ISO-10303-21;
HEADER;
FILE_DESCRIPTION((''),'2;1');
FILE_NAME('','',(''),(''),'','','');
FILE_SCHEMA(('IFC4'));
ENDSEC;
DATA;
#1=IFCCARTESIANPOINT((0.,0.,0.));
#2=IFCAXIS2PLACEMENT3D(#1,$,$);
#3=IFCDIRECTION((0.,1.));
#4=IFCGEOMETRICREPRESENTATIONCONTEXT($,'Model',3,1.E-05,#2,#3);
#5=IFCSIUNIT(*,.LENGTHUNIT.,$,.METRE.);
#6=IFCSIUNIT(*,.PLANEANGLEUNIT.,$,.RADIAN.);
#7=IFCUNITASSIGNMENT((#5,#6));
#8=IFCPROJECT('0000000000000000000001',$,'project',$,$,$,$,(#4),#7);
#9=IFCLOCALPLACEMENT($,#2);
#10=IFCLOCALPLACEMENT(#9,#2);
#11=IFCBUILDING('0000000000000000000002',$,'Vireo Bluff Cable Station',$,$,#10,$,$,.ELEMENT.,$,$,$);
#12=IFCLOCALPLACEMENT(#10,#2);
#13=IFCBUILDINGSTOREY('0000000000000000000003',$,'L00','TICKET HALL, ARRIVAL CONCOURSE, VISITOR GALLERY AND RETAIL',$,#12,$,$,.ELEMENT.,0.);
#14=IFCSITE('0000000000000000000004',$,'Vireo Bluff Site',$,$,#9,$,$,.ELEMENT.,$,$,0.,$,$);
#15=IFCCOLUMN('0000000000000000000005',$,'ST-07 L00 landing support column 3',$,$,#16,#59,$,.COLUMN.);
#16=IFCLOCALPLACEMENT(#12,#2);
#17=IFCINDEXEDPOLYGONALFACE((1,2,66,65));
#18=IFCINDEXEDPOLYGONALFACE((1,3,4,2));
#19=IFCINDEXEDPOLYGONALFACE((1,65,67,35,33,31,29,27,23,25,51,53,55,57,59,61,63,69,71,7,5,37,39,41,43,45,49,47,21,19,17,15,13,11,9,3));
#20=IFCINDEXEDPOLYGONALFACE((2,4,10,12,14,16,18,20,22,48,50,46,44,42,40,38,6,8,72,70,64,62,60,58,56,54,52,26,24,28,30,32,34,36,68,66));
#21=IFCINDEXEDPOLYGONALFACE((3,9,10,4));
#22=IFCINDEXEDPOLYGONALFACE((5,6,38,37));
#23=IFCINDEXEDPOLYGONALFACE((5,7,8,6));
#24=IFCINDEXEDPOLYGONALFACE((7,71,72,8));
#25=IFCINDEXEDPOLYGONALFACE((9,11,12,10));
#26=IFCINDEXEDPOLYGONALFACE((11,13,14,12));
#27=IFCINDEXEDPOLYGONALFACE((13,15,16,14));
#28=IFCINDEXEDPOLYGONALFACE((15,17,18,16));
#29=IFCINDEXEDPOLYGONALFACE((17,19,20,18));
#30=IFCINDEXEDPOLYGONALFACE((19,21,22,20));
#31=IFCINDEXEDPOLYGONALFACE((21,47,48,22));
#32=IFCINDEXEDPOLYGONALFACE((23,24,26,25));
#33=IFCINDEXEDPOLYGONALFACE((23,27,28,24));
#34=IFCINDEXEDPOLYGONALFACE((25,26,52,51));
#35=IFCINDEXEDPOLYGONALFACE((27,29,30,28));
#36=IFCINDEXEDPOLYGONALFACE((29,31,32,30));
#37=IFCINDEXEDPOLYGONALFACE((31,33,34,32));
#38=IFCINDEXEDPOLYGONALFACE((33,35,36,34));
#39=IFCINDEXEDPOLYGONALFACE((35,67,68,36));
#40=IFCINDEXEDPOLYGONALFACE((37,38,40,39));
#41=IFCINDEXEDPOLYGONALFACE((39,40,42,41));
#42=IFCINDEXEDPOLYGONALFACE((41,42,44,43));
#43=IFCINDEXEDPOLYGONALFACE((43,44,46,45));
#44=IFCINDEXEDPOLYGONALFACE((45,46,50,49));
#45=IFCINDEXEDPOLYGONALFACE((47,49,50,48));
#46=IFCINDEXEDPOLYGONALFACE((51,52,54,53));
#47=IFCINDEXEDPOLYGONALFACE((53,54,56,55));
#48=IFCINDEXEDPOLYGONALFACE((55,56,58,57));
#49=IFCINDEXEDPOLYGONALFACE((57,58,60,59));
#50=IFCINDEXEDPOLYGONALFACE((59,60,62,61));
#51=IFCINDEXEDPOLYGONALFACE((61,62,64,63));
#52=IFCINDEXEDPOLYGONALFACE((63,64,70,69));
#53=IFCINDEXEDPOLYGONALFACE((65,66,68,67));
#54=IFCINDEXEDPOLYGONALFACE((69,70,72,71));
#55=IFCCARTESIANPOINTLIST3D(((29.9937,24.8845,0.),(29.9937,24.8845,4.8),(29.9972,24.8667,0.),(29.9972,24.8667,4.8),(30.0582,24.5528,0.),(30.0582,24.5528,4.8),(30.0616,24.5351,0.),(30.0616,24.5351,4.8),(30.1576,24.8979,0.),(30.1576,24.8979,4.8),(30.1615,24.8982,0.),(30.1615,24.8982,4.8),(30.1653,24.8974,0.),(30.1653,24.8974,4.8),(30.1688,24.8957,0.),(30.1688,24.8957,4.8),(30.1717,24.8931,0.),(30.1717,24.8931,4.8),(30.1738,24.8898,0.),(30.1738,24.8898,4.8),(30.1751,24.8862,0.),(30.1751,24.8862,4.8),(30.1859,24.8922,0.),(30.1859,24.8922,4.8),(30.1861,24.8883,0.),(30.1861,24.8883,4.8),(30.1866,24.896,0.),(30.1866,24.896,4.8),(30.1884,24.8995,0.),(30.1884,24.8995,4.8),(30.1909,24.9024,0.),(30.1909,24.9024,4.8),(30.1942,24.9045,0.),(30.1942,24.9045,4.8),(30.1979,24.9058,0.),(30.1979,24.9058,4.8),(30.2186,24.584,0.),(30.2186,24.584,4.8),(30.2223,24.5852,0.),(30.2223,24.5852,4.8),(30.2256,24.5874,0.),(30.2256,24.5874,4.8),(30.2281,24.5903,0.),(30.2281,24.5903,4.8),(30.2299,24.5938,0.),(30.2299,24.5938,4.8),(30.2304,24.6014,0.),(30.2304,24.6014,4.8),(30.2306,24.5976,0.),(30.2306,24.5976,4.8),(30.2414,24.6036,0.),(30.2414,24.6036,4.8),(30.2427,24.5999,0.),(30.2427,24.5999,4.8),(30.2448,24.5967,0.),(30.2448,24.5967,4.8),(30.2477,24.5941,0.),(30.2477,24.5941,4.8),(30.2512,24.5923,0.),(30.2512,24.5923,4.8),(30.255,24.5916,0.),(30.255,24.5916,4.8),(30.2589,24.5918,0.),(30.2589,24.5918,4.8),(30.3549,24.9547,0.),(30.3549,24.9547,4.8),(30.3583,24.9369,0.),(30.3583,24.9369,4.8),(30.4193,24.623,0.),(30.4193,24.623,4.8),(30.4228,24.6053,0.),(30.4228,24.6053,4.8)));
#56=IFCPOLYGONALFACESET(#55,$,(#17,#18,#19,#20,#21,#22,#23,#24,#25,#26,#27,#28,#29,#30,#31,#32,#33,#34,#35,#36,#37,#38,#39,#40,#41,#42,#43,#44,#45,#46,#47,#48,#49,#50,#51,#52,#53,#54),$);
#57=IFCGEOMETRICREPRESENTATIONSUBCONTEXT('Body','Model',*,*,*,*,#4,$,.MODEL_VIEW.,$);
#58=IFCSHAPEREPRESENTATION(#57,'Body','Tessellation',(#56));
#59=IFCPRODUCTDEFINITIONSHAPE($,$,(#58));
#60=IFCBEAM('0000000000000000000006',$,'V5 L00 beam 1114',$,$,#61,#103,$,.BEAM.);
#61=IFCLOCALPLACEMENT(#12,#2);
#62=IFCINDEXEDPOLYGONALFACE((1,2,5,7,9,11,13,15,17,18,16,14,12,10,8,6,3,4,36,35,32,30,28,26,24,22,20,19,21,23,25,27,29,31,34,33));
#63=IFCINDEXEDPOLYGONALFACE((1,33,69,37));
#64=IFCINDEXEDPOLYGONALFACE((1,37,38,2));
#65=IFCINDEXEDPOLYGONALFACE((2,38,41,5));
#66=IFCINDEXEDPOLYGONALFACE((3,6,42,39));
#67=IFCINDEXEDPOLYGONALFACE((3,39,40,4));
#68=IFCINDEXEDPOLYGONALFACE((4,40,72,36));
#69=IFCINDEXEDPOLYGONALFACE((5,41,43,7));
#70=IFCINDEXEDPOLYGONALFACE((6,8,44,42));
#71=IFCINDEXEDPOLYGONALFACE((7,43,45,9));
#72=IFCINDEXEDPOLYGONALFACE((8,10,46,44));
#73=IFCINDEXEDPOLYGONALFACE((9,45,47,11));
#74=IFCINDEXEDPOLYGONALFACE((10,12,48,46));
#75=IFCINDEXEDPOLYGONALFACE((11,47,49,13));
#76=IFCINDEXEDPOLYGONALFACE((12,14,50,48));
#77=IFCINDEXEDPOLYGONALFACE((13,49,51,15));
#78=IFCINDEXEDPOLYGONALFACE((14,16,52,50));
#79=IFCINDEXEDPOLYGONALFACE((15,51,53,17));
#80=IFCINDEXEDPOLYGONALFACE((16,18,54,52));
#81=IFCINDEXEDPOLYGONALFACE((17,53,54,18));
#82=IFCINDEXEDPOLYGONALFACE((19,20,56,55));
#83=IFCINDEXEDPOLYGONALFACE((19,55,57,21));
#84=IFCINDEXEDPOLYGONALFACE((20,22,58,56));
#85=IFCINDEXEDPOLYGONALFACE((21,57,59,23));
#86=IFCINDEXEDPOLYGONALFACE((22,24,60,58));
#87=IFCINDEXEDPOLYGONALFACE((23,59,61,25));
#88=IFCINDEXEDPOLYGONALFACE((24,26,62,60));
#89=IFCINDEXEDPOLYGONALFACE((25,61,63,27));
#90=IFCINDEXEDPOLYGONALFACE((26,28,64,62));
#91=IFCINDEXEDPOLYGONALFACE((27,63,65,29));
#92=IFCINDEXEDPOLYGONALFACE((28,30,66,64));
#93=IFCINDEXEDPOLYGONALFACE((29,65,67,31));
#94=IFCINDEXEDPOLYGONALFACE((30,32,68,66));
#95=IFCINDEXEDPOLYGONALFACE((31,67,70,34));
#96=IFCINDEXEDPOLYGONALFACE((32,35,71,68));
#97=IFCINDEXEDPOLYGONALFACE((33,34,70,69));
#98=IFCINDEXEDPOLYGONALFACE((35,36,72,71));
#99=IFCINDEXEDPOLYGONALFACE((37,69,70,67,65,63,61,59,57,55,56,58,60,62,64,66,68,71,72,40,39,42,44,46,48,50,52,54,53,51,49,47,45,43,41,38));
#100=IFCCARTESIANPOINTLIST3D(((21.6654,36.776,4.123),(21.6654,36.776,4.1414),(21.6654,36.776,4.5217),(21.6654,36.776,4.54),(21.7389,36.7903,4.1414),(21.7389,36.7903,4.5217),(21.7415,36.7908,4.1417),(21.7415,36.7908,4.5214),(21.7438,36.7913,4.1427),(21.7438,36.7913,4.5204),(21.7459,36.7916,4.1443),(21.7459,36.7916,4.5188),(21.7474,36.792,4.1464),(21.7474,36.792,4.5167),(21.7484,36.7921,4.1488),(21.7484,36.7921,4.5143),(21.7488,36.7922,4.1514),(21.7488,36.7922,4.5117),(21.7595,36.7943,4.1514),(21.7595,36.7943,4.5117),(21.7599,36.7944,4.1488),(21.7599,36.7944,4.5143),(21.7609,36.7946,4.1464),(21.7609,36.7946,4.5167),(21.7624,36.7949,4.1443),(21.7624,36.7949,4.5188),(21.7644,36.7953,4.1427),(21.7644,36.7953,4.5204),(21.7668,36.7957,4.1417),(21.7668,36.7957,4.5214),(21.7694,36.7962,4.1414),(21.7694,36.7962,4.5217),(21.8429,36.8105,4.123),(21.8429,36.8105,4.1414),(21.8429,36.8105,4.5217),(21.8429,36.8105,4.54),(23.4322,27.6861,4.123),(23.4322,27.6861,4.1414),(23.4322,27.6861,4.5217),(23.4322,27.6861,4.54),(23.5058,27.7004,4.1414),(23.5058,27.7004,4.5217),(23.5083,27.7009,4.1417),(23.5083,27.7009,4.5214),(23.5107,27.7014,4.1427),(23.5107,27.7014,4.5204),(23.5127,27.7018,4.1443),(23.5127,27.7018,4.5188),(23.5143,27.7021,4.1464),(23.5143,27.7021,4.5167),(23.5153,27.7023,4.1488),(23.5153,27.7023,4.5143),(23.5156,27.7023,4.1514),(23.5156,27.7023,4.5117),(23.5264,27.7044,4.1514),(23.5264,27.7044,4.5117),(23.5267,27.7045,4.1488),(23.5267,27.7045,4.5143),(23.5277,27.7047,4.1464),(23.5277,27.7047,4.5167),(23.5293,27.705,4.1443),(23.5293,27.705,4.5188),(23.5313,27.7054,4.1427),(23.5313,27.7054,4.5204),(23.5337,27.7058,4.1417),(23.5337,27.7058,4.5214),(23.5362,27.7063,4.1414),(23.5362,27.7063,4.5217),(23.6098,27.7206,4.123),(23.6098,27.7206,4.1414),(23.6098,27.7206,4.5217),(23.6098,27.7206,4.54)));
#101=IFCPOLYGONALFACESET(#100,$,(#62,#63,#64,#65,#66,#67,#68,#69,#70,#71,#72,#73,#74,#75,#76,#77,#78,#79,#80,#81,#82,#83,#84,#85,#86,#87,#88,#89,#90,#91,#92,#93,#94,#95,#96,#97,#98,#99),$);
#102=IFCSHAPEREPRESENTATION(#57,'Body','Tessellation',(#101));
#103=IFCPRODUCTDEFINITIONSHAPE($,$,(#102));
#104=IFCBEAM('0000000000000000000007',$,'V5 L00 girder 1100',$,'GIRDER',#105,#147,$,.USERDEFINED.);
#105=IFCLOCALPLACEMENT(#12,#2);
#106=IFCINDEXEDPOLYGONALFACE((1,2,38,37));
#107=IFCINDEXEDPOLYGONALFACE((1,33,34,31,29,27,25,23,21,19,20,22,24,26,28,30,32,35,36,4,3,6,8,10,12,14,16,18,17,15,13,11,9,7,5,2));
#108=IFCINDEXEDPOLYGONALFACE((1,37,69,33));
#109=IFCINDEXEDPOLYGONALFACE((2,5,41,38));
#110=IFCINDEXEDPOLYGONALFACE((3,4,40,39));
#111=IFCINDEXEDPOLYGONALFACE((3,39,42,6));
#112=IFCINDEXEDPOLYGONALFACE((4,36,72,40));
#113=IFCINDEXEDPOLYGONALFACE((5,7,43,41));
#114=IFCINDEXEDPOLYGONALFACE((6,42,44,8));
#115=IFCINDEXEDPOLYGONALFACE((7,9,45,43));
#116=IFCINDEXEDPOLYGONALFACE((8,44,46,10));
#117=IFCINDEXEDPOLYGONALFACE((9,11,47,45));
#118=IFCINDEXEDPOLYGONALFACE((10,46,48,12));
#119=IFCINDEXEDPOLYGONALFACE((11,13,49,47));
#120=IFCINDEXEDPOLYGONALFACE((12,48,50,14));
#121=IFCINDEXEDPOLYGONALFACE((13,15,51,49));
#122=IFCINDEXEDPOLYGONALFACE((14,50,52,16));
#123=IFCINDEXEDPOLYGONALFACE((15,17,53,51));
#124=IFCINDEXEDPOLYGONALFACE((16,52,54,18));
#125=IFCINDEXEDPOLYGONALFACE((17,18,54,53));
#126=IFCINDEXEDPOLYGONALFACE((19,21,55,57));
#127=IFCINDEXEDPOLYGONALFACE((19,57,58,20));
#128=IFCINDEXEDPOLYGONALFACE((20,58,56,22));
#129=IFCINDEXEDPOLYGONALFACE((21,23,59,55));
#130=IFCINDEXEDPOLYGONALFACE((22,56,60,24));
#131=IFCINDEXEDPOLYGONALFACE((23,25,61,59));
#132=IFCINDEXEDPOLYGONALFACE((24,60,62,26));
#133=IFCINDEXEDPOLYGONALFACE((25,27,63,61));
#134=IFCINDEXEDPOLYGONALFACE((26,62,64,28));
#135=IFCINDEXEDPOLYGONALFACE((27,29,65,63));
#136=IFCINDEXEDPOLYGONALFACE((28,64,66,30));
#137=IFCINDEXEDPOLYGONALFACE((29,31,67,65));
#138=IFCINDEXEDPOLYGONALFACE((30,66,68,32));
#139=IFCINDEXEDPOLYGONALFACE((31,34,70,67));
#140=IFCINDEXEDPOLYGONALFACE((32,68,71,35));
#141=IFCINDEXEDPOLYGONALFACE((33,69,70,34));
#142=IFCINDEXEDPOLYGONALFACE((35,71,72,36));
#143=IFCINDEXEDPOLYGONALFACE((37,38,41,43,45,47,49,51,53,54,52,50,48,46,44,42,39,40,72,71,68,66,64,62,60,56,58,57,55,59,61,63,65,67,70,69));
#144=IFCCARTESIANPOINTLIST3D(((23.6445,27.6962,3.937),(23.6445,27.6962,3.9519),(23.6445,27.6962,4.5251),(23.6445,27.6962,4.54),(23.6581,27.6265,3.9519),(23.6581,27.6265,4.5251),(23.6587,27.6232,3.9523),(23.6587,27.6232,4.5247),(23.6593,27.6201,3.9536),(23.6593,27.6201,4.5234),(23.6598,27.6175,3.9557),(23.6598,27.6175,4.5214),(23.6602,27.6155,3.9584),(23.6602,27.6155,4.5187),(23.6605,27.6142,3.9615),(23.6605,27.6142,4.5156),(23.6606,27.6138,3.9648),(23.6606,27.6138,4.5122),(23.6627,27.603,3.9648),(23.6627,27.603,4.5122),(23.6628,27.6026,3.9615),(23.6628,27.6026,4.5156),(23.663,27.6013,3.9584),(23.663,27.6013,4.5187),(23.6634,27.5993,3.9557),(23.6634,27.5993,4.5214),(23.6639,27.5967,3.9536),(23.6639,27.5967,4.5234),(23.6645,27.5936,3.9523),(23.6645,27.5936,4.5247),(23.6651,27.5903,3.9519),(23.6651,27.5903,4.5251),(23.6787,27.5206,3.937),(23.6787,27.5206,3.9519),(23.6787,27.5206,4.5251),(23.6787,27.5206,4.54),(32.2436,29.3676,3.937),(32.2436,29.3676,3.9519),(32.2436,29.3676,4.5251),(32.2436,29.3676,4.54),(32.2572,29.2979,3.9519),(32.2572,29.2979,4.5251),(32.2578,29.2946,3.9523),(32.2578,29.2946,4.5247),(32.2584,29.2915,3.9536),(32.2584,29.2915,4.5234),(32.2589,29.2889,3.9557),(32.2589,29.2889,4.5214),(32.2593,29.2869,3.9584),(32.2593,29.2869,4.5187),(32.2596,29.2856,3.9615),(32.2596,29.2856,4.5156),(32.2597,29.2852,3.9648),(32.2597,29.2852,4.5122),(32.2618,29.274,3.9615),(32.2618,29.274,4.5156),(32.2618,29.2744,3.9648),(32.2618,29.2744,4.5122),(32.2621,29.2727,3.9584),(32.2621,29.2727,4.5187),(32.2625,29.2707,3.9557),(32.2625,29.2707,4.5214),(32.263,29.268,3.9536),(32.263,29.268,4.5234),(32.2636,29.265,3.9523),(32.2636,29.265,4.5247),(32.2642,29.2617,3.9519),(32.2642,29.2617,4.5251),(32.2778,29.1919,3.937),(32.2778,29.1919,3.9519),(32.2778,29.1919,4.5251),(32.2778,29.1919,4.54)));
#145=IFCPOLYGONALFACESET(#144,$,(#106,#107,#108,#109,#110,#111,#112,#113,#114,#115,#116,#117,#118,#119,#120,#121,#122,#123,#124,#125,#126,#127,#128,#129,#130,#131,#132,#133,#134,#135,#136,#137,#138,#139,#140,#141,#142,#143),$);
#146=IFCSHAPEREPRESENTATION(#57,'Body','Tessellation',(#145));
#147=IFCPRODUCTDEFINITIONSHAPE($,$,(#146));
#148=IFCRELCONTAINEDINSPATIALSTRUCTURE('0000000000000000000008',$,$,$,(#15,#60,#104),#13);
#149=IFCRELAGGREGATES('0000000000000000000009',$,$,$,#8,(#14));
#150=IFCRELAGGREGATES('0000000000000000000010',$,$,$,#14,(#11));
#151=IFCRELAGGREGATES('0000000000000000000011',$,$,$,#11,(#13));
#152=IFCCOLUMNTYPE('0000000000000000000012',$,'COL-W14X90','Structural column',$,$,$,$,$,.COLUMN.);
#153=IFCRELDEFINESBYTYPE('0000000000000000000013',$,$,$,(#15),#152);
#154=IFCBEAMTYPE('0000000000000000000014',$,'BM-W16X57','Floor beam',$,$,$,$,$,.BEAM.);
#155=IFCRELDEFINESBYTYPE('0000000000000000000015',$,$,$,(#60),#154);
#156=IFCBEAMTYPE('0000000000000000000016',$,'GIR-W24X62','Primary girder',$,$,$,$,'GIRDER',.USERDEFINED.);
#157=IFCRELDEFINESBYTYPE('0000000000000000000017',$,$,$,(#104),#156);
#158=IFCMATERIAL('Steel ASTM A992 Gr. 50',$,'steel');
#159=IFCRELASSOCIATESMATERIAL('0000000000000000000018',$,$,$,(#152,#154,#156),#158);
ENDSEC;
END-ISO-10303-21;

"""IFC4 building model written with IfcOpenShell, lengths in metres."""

from ifc_helpers import new_model, si_unit, direction, frame, origin, origin_2d, place, context, subcontext, project, spatial, i_section, extrude, material, material_profile, profile_set, type_object, element, save


model = new_model("IFC4")

# Units and contexts
model_context = context("Model", 3, precision=1e-05, world=origin(), true_north=direction((0.0, 1.0)))
body_context = subcontext(model_context, "Body", "Model", "MODEL_VIEW")
ifc_project = project(units=[si_unit("LENGTHUNIT", "METRE"), si_unit("PLANEANGLEUNIT", "RADIAN")], contexts=[model_context])

# Site, building, storey
site_placement = place(None, origin())
site = spatial("IfcSite", under=ifc_project, at=site_placement, Name="Vireo Bluff Site", CompositionType="ELEMENT", RefElevation=0.0)
building_placement = place(site_placement, origin())
building = spatial("IfcBuilding", under=site, at=building_placement, Name="Vireo Bluff Cable Station", CompositionType="ELEMENT")
storey_placement = place(building_placement, origin())
storey = spatial("IfcBuildingStorey", under=building, at=storey_placement, Name="L00", Description="TICKET HALL, ARRIVAL CONCOURSE, VISITOR GALLERY AND RETAIL", CompositionType="ELEMENT", Elevation=0.0)

# Column
ifc_material_1 = material(Name="Steel ASTM A992 Gr. 50", Category="steel")
ifc_material_profile_1 = material_profile(ifc_material_1, i_section(OverallWidth=0.3679, OverallDepth=0.356, WebThickness=0.0112, FlangeThickness=0.0181, FilletRadius=0.0149, at=origin_2d()), Name="W14X90")
ifc_profile_set_1 = profile_set([ifc_material_profile_1], Name="Steel ASTM A992 Gr. 50")
column_type_1 = type_object("IfcColumnType", Name="COL-W14X90", Description="Structural column", PredefinedType="COLUMN", material=ifc_profile_set_1)
column_1_placement = place(storey_placement, frame((30.2083, 24.7449, 0.0), z_axis=(0.0, 0.0, 1.0), x_axis=(0.981627, 0.190809, 0.0)))
element("IfcColumn", 1, at=column_1_placement, inside=storey, type_object=column_type_1, Name="ST-07 L00 landing support column 3", PredefinedType="COLUMN", context=body_context, shape_type="SweptSolid", body=[
    extrude(i_section(OverallWidth=0.3679, OverallDepth=0.356, WebThickness=0.0112, FlangeThickness=0.0181, FilletRadius=0.0149, at=origin_2d()), origin(), (0.0, 0.0, 1.0), 4.8),
])

# Beams
ifc_material_profile_2 = material_profile(ifc_material_1, i_section(OverallWidth=0.1809, OverallDepth=0.417, WebThickness=0.011, FlangeThickness=0.0183, FilletRadius=0.01, at=origin_2d()), Name="W16X57")
ifc_profile_set_2 = profile_set([ifc_material_profile_2], Name="Steel ASTM A992 Gr. 50")
beam_type_1 = type_object("IfcBeamType", Name="BM-W16X57", Description="Floor beam", PredefinedType="BEAM", material=ifc_profile_set_2)
beam_1_placement = place(storey_placement, frame((23.521, 27.7034, 4.3315), z_axis=(-0.190805, 0.981628, 0.0), x_axis=(-0.981628, -0.190805, 0.0)))
element("IfcBeam", 2, at=beam_1_placement, inside=storey, type_object=beam_type_1, Name="V5 L00 beam 1114", PredefinedType="BEAM", context=body_context, shape_type="SweptSolid", body=[
    extrude(i_section(OverallWidth=0.1809, OverallDepth=0.417, WebThickness=0.011, FlangeThickness=0.0183, FilletRadius=0.01, at=origin_2d()), origin(), (0.0, 0.0, 1.0), 9.26),
])
ifc_material_profile_3 = material_profile(ifc_material_1, i_section(OverallWidth=0.179, OverallDepth=0.603, WebThickness=0.011, FlangeThickness=0.0149, FilletRadius=0.0129, at=origin_2d()), Name="W24X62")
ifc_profile_set_3 = profile_set([ifc_material_profile_3], Name="Steel ASTM A992 Gr. 50")
beam_type_2 = type_object("IfcBeamType", Name="GIR-W24X62", Description="Primary girder", ElementType="GIRDER", PredefinedType="USERDEFINED", material=ifc_profile_set_3)
beam_2_placement = place(storey_placement, frame((23.6616, 27.6084, 4.2385), z_axis=(0.98163, 0.190797, 0.0), x_axis=(-0.190797, 0.98163, 0.0)))
element("IfcBeam", 3, at=beam_2_placement, inside=storey, type_object=beam_type_2, Name="V5 L00 girder 1100", ObjectType="GIRDER", PredefinedType="USERDEFINED", context=body_context, shape_type="SweptSolid", body=[
    extrude(i_section(OverallWidth=0.179, OverallDepth=0.603, WebThickness=0.011, FlangeThickness=0.0149, FilletRadius=0.0129, at=origin_2d()), origin(), (0.0, 0.0, 1.0), 8.76),
])

save(model, "model.ifc")
